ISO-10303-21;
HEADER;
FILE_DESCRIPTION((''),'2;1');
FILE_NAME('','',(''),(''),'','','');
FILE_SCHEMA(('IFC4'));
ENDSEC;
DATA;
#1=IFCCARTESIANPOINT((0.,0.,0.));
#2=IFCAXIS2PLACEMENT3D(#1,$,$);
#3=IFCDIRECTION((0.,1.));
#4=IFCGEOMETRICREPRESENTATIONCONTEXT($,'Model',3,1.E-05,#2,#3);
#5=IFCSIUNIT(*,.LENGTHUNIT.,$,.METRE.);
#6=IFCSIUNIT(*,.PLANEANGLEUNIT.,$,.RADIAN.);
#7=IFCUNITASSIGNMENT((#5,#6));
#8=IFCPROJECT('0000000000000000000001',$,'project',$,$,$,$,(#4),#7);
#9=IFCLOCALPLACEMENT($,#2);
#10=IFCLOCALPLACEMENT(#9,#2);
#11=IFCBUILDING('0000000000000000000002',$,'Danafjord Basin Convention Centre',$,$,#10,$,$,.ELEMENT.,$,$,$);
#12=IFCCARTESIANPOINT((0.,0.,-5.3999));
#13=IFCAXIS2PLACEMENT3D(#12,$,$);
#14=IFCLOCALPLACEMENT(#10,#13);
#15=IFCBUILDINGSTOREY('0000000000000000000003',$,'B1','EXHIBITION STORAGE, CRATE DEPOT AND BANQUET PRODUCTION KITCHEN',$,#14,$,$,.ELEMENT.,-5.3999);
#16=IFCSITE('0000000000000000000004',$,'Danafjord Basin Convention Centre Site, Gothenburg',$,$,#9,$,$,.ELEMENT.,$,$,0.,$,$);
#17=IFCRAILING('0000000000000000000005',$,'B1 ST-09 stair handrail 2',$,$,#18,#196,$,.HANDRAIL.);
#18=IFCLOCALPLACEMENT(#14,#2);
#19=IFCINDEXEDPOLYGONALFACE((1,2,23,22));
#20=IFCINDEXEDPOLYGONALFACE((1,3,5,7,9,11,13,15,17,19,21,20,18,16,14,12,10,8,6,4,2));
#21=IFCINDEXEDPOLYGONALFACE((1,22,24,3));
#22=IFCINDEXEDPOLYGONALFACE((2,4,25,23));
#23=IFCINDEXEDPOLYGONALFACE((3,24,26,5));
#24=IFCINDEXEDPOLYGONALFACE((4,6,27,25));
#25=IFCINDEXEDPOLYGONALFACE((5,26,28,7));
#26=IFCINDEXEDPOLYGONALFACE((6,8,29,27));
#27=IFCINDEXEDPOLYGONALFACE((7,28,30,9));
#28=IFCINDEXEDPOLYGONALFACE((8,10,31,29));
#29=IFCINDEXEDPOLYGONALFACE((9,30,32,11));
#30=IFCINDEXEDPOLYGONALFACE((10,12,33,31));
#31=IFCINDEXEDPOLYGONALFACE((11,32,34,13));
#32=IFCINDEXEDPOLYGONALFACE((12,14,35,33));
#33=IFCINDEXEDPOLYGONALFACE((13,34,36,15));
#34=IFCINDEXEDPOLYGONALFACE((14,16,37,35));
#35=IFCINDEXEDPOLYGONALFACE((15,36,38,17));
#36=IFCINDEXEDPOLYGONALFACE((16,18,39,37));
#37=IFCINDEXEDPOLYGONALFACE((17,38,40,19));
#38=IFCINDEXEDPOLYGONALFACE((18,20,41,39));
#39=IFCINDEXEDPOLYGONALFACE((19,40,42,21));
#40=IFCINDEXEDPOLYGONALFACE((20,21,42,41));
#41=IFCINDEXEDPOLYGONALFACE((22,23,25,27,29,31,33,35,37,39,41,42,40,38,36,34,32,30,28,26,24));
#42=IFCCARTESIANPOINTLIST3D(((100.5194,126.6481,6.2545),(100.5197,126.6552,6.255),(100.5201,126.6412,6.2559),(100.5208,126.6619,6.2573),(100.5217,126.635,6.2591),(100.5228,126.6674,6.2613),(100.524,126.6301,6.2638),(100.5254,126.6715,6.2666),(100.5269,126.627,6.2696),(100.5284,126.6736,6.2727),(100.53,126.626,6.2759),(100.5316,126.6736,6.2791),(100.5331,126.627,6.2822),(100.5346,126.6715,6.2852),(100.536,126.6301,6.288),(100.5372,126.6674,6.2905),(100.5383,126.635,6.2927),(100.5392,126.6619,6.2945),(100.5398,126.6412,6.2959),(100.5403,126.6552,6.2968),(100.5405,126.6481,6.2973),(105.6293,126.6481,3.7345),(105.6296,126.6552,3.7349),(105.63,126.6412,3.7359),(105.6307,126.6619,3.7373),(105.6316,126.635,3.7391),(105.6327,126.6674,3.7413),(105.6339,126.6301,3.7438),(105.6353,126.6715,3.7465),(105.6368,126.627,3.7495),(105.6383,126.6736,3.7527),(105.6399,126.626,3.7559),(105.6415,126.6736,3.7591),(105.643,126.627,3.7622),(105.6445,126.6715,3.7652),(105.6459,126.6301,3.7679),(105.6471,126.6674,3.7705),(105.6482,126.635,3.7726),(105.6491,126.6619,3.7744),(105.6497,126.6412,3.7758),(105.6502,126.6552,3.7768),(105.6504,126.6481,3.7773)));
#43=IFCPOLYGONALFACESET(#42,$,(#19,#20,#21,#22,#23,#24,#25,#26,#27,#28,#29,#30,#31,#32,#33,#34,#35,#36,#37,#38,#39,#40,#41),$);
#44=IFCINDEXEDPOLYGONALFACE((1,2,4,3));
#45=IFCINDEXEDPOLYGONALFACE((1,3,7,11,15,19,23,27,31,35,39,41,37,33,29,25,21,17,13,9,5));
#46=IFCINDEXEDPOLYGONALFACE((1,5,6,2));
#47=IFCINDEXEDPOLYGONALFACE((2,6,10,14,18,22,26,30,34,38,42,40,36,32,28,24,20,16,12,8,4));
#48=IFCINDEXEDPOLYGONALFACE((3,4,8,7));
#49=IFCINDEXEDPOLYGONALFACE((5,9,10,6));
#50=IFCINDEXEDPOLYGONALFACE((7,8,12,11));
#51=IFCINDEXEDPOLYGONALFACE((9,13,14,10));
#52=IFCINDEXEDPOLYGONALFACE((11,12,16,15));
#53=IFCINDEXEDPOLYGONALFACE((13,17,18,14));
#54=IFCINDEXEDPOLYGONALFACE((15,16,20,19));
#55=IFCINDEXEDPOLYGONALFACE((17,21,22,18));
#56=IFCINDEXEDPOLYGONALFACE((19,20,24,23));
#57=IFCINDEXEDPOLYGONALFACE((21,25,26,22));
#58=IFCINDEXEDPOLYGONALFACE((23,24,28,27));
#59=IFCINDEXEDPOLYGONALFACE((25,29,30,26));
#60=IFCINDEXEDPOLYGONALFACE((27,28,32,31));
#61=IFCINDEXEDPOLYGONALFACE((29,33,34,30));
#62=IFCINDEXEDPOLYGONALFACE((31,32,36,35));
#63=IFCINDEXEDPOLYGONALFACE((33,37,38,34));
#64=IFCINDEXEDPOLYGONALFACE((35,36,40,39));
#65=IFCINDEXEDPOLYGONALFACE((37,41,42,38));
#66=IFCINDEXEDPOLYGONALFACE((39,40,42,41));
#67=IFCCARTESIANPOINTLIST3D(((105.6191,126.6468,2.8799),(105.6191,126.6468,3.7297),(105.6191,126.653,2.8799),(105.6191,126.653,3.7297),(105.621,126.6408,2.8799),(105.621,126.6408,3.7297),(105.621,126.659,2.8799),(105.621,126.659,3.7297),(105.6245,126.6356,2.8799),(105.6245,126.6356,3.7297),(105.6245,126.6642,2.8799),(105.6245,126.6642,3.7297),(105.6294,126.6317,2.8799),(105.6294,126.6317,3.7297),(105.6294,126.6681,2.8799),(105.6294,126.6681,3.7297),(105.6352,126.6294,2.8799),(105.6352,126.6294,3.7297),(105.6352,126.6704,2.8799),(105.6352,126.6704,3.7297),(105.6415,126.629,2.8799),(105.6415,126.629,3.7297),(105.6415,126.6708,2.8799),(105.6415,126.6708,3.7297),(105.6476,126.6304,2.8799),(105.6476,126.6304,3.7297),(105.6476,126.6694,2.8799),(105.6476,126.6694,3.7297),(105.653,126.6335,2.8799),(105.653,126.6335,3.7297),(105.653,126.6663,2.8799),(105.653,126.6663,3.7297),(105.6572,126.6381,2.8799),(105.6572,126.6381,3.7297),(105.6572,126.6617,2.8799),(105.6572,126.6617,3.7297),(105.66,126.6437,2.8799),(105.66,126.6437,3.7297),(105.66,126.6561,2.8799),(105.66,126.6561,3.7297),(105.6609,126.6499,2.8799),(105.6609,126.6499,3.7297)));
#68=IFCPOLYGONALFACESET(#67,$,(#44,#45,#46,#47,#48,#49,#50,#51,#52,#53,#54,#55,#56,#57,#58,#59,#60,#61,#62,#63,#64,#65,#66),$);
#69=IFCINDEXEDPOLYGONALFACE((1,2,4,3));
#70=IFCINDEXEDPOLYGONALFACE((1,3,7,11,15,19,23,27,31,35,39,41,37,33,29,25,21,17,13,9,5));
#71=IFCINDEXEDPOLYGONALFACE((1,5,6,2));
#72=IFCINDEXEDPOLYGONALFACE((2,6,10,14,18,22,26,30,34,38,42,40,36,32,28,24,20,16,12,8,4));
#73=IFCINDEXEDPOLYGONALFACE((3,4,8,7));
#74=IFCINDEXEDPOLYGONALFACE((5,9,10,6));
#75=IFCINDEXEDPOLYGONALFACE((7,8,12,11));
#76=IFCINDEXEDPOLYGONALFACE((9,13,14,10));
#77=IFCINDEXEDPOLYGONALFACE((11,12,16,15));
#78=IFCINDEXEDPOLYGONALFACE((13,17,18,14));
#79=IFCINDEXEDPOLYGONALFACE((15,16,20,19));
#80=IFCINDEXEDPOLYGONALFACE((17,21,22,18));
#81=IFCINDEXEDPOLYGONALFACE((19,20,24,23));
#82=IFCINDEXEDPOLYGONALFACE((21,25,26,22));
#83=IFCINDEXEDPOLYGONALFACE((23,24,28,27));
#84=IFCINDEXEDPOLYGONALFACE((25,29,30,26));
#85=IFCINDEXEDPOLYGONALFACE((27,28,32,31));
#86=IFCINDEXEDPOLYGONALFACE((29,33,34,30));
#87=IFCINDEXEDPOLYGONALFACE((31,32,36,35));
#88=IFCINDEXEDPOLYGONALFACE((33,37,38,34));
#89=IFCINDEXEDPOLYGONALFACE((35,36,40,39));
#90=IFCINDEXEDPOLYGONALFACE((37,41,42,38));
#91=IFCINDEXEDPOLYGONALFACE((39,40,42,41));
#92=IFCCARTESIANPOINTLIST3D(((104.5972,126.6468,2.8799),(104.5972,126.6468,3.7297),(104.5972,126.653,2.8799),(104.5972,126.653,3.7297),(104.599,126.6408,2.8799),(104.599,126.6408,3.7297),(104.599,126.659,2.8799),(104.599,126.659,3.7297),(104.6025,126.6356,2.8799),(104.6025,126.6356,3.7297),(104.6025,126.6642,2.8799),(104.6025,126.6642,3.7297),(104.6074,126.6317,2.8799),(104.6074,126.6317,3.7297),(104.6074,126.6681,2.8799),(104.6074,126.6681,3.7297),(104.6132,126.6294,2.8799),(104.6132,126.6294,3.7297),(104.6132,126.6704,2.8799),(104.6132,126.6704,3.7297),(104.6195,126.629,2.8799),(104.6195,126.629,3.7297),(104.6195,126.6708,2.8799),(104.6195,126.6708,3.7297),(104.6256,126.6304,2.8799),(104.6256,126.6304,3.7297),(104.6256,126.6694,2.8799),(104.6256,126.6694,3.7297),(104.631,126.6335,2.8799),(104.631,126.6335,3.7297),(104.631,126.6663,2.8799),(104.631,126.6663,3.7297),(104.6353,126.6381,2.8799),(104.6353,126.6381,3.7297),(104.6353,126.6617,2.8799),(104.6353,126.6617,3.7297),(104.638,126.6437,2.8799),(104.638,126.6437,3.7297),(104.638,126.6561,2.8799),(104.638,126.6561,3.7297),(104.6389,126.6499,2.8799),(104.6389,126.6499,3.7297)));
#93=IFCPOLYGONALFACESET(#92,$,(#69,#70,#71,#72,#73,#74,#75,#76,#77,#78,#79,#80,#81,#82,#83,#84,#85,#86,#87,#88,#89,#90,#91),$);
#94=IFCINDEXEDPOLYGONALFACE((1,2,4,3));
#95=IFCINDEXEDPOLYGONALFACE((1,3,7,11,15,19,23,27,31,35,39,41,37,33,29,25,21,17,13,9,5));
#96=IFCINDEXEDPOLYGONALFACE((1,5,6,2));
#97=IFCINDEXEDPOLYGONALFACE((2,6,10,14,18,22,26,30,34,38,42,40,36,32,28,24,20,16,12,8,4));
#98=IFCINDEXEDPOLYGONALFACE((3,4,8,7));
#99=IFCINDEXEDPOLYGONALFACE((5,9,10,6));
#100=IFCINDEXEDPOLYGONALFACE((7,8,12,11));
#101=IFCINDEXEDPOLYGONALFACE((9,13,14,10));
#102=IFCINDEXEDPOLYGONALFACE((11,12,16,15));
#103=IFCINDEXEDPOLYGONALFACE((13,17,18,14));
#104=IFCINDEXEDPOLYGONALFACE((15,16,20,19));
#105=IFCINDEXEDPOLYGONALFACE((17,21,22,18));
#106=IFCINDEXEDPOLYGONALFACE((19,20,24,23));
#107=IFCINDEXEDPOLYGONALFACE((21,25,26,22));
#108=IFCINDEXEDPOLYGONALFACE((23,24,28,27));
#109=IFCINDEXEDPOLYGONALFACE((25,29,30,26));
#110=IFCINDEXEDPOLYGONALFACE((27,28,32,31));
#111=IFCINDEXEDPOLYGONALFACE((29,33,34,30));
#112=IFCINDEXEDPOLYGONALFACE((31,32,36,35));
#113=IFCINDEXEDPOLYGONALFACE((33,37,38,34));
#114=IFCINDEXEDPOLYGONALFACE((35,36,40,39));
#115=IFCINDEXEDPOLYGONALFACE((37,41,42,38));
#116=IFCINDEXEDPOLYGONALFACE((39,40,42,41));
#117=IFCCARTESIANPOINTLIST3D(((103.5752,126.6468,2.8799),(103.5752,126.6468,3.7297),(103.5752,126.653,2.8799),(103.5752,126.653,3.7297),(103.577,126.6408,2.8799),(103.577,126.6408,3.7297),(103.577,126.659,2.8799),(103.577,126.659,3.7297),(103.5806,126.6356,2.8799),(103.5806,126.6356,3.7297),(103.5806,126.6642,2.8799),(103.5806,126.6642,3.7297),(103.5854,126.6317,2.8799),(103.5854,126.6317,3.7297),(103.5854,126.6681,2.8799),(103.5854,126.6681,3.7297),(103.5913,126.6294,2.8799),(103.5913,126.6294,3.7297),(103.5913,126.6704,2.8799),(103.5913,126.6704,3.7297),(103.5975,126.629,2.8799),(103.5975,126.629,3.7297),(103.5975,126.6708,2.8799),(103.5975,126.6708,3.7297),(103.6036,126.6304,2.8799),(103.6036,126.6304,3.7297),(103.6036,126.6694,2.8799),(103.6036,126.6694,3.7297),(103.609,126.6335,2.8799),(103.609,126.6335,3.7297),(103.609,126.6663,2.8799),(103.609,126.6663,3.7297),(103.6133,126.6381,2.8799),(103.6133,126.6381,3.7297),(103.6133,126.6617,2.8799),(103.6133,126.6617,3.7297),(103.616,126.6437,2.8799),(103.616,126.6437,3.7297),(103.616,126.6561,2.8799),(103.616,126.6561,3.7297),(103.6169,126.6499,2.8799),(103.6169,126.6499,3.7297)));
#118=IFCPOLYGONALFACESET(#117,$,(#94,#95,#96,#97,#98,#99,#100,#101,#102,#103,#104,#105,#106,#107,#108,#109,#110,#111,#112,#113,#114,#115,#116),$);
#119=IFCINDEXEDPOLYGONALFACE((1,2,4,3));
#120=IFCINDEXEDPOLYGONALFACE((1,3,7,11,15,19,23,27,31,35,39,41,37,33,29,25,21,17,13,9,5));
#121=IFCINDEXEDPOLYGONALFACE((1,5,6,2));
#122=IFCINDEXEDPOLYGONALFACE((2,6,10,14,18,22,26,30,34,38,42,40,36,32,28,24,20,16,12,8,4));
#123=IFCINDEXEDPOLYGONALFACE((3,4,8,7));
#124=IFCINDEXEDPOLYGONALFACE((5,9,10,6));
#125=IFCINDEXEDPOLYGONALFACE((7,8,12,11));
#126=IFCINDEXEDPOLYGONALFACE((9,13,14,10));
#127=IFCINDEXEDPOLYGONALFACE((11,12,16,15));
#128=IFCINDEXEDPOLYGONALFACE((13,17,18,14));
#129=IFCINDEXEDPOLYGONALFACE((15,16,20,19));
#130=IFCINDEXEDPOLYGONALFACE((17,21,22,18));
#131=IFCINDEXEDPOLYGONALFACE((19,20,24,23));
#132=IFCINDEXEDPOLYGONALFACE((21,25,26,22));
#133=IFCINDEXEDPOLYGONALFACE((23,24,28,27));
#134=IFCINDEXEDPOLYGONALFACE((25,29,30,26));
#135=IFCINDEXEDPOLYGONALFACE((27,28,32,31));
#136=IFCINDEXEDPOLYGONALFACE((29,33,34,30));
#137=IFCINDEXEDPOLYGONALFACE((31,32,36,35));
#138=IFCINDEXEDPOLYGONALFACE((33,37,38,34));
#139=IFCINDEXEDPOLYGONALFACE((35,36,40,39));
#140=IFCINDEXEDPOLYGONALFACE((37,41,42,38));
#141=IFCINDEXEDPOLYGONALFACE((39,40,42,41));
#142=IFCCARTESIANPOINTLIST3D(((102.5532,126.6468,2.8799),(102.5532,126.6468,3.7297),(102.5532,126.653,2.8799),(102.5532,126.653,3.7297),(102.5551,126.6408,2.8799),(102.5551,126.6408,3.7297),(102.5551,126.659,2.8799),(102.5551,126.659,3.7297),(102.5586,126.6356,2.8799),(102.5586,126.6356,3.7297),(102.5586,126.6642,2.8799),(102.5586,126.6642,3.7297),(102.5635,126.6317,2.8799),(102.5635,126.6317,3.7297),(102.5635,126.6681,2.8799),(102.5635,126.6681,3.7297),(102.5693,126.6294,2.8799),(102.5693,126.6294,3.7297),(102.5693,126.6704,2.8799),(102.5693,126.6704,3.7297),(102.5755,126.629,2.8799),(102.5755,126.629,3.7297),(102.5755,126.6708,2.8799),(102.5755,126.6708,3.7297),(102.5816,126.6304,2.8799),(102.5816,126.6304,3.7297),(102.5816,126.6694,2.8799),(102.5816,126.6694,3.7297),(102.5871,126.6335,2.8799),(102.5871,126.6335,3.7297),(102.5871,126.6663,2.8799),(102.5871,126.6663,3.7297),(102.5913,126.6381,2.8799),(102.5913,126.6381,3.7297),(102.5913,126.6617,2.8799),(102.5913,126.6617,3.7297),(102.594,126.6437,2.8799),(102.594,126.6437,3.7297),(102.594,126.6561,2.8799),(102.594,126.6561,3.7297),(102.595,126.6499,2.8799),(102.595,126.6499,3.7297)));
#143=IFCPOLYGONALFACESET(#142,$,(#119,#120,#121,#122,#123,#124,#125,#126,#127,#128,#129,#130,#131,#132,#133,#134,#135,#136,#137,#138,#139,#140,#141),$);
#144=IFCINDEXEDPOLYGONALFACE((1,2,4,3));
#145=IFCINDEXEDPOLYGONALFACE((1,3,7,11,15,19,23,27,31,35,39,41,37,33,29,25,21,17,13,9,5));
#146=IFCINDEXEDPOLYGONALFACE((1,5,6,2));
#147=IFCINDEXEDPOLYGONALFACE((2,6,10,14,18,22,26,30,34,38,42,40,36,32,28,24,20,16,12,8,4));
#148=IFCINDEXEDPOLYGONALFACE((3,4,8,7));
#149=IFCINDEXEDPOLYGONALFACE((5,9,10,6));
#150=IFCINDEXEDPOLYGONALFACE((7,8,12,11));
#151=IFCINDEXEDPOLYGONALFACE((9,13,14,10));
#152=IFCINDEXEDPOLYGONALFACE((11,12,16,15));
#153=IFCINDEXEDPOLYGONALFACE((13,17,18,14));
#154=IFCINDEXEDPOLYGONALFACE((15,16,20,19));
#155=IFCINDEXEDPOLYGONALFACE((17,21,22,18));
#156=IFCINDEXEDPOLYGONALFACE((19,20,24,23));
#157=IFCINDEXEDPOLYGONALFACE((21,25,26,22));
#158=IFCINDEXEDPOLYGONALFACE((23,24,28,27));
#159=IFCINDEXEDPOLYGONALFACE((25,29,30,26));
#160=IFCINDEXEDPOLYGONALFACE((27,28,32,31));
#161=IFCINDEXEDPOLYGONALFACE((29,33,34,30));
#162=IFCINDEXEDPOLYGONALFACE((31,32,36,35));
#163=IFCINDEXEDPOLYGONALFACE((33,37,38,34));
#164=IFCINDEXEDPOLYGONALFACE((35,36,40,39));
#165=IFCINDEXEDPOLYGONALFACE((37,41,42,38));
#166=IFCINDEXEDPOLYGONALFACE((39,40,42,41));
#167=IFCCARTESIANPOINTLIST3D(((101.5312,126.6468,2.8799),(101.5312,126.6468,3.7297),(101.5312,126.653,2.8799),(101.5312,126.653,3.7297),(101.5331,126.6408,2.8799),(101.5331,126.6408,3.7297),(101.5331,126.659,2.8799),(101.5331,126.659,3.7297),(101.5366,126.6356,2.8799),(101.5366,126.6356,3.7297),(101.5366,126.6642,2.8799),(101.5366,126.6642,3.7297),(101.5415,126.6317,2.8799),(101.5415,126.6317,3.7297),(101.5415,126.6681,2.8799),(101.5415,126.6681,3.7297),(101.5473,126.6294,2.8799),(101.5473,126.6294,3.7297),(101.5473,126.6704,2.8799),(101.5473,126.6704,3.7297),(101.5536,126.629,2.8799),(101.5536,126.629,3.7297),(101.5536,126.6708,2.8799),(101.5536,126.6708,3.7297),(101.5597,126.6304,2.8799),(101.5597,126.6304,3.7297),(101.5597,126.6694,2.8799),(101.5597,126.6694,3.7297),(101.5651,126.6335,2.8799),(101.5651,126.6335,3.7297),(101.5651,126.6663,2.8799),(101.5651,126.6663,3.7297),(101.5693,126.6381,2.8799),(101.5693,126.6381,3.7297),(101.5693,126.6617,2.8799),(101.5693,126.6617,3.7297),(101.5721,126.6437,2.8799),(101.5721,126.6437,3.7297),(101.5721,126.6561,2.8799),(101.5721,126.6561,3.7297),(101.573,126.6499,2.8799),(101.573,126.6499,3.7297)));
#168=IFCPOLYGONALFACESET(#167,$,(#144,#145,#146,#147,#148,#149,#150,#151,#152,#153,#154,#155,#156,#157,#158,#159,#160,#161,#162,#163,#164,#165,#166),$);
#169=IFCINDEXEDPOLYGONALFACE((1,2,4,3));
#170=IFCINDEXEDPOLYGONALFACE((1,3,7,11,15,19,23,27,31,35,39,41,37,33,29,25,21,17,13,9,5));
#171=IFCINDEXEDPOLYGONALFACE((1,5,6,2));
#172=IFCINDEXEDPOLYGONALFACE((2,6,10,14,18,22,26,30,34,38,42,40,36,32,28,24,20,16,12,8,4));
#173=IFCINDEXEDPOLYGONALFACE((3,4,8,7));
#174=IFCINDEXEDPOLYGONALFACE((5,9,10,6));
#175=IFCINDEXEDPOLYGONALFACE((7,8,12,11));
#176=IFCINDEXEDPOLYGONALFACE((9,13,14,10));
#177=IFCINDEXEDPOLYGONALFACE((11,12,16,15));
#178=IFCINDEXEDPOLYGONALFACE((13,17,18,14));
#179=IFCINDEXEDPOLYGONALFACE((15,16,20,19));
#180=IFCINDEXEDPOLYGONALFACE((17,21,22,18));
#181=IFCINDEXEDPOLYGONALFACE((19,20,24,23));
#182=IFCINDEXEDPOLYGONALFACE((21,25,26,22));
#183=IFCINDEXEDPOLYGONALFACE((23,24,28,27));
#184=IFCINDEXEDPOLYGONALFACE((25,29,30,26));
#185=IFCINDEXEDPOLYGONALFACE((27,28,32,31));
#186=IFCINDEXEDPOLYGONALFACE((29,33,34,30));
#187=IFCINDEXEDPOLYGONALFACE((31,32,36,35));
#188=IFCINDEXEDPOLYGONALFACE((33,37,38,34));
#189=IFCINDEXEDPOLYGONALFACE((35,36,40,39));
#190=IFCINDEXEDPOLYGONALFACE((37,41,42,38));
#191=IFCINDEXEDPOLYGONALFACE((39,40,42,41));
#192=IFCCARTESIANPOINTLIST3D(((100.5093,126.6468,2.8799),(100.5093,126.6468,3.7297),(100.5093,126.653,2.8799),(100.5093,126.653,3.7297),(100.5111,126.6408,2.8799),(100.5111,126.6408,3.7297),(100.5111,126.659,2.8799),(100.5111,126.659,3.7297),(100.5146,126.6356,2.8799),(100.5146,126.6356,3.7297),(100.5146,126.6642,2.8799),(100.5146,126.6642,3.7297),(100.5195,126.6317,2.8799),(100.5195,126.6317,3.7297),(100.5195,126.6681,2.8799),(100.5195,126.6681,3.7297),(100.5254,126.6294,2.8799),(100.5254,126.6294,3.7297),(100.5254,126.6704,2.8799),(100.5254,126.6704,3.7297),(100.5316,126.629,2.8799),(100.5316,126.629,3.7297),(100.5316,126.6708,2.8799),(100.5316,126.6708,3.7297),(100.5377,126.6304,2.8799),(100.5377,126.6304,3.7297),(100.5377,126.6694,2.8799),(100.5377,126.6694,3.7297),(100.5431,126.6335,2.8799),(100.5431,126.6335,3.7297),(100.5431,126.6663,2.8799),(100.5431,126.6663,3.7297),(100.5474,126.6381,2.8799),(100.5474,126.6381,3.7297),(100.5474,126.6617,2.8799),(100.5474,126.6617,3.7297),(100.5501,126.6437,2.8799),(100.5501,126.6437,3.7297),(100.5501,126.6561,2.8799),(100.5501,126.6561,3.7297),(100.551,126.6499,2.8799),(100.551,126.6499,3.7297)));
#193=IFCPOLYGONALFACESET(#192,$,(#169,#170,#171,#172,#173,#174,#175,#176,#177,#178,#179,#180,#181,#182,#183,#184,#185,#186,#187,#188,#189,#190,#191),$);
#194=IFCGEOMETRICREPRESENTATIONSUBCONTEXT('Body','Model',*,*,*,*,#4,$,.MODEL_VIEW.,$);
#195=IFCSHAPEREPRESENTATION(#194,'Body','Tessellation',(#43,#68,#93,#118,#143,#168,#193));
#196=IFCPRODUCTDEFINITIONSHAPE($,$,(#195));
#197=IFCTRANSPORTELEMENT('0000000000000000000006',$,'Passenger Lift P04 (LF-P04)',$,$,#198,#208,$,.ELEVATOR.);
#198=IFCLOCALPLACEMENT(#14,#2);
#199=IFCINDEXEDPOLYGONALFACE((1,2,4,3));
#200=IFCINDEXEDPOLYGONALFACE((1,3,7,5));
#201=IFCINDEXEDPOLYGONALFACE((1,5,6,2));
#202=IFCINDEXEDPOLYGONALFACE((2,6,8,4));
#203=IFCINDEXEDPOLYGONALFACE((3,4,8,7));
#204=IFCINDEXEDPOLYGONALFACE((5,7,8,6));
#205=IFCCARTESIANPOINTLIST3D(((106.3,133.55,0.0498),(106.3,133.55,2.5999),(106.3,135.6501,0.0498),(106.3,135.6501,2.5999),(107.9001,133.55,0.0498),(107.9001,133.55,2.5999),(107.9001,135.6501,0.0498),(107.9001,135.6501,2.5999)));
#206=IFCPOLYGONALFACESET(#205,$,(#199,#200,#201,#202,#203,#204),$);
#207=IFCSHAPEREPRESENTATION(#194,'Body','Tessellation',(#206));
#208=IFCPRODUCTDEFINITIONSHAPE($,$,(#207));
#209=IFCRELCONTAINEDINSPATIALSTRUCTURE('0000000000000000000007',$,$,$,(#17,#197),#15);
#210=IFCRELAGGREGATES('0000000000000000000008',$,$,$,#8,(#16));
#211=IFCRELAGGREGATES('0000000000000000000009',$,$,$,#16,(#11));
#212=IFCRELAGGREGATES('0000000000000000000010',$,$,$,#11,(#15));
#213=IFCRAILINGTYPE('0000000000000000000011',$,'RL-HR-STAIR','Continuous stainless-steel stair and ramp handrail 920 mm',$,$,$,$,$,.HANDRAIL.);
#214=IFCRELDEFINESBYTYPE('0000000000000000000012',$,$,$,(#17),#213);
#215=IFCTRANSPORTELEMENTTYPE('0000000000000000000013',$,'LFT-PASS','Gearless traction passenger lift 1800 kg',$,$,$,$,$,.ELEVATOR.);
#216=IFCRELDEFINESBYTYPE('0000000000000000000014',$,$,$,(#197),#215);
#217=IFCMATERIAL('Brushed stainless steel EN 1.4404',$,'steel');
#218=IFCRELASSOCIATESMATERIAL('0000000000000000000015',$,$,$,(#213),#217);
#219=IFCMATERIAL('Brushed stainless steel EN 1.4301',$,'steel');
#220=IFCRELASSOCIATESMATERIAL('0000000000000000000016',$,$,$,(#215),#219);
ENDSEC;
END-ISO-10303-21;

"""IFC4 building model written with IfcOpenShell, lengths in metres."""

from ifc_helpers import new_model, si_unit, direction, frame, origin, origin_2d, place, context, subcontext, project, spatial, rectangle, circle, extrude, material, type_object, element, save


model = new_model("IFC4")

# Units and contexts
model_context = context("Model", 3, precision=1e-05, world=origin(), true_north=direction((0.0, 1.0)))
body_context = subcontext(model_context, "Body", "Model", "MODEL_VIEW")
ifc_project = project(units=[si_unit("LENGTHUNIT", "METRE"), si_unit("PLANEANGLEUNIT", "RADIAN")], contexts=[model_context])

# Site, building, storey
site_placement = place(None, origin())
site = spatial("IfcSite", under=ifc_project, at=site_placement, Name="Danafjord Basin Convention Centre Site, Gothenburg", CompositionType="ELEMENT", RefElevation=0.0)
building_placement = place(site_placement, origin())
building = spatial("IfcBuilding", under=site, at=building_placement, Name="Danafjord Basin Convention Centre", CompositionType="ELEMENT")
storey_placement = place(building_placement, frame((0.0, 0.0, -5.3999)))
storey = spatial("IfcBuildingStorey", under=building, at=storey_placement, Name="B1", Description="EXHIBITION STORAGE, CRATE DEPOT AND BANQUET PRODUCTION KITCHEN", CompositionType="ELEMENT", Elevation=-5.3999)

# Railing
ifc_material_1 = material(Name="Brushed stainless steel EN 1.4404", Category="steel")
railing_type_1 = type_object("IfcRailingType", Name="RL-HR-STAIR", Description="Continuous stainless-steel stair and ramp handrail 920 mm", PredefinedType="HANDRAIL", material=ifc_material_1)
railing_1_placement = place(storey_placement, frame((105.6399, 126.6499, 2.8799)))
element("IfcRailing", 1, at=railing_1_placement, inside=storey, type_object=railing_type_1, Name="B1 ST-09 stair handrail 2", PredefinedType="HANDRAIL", context=body_context, shape_type="SweptSolid", body=[
    extrude(circle(Radius=0.0239, at=origin_2d()), frame((0.0, 0.0, 0.876), z_axis=(-0.896865, 0.0, 0.442305), x_axis=(0.0, -1.0, 0.0)), (0.0, 0.0, 1.0), 5.6975),
    extrude(circle(Radius=0.021, at=origin_2d()), origin(), (0.0, 0.0, 1.0), 0.8499),
    extrude(circle(Radius=0.021, at=origin_2d()), frame((-1.022, 0.0, 0.0)), (0.0, 0.0, 1.0), 0.8499),
    extrude(circle(Radius=0.021, at=origin_2d()), frame((-2.0439, 0.0, 0.0)), (0.0, 0.0, 1.0), 0.8499),
    extrude(circle(Radius=0.021, at=origin_2d()), frame((-3.0659, 0.0, 0.0)), (0.0, 0.0, 1.0), 0.8499),
    extrude(circle(Radius=0.021, at=origin_2d()), frame((-4.0879, 0.0, 0.0)), (0.0, 0.0, 1.0), 0.8499),
    extrude(circle(Radius=0.021, at=origin_2d()), frame((-5.1099, 0.0, 0.0)), (0.0, 0.0, 1.0), 0.8499),
])

# Transport element
ifc_material_2 = material(Name="Brushed stainless steel EN 1.4301", Category="steel")
transport_element_type = type_object("IfcTransportElementType", Name="LFT-PASS", Description="Gearless traction passenger lift 1800 kg", PredefinedType="ELEVATOR", material=ifc_material_2)
transport_element_placement = place(storey_placement, frame((107.1001, 134.6001, 0.0498), z_axis=(0.0, 0.0, 1.0), x_axis=(1.0, 0.0, 0.0)))
element("IfcTransportElement", 2, at=transport_element_placement, inside=storey, type_object=transport_element_type, Name="Passenger Lift P04 (LF-P04)", PredefinedType="ELEVATOR", context=body_context, shape_type="SweptSolid", body=[
    extrude(rectangle(XDim=1.6001, YDim=2.1001, at=origin_2d()), origin(), (0.0, 0.0, 1.0), 2.55),
])

save(model, "model.ifc")
